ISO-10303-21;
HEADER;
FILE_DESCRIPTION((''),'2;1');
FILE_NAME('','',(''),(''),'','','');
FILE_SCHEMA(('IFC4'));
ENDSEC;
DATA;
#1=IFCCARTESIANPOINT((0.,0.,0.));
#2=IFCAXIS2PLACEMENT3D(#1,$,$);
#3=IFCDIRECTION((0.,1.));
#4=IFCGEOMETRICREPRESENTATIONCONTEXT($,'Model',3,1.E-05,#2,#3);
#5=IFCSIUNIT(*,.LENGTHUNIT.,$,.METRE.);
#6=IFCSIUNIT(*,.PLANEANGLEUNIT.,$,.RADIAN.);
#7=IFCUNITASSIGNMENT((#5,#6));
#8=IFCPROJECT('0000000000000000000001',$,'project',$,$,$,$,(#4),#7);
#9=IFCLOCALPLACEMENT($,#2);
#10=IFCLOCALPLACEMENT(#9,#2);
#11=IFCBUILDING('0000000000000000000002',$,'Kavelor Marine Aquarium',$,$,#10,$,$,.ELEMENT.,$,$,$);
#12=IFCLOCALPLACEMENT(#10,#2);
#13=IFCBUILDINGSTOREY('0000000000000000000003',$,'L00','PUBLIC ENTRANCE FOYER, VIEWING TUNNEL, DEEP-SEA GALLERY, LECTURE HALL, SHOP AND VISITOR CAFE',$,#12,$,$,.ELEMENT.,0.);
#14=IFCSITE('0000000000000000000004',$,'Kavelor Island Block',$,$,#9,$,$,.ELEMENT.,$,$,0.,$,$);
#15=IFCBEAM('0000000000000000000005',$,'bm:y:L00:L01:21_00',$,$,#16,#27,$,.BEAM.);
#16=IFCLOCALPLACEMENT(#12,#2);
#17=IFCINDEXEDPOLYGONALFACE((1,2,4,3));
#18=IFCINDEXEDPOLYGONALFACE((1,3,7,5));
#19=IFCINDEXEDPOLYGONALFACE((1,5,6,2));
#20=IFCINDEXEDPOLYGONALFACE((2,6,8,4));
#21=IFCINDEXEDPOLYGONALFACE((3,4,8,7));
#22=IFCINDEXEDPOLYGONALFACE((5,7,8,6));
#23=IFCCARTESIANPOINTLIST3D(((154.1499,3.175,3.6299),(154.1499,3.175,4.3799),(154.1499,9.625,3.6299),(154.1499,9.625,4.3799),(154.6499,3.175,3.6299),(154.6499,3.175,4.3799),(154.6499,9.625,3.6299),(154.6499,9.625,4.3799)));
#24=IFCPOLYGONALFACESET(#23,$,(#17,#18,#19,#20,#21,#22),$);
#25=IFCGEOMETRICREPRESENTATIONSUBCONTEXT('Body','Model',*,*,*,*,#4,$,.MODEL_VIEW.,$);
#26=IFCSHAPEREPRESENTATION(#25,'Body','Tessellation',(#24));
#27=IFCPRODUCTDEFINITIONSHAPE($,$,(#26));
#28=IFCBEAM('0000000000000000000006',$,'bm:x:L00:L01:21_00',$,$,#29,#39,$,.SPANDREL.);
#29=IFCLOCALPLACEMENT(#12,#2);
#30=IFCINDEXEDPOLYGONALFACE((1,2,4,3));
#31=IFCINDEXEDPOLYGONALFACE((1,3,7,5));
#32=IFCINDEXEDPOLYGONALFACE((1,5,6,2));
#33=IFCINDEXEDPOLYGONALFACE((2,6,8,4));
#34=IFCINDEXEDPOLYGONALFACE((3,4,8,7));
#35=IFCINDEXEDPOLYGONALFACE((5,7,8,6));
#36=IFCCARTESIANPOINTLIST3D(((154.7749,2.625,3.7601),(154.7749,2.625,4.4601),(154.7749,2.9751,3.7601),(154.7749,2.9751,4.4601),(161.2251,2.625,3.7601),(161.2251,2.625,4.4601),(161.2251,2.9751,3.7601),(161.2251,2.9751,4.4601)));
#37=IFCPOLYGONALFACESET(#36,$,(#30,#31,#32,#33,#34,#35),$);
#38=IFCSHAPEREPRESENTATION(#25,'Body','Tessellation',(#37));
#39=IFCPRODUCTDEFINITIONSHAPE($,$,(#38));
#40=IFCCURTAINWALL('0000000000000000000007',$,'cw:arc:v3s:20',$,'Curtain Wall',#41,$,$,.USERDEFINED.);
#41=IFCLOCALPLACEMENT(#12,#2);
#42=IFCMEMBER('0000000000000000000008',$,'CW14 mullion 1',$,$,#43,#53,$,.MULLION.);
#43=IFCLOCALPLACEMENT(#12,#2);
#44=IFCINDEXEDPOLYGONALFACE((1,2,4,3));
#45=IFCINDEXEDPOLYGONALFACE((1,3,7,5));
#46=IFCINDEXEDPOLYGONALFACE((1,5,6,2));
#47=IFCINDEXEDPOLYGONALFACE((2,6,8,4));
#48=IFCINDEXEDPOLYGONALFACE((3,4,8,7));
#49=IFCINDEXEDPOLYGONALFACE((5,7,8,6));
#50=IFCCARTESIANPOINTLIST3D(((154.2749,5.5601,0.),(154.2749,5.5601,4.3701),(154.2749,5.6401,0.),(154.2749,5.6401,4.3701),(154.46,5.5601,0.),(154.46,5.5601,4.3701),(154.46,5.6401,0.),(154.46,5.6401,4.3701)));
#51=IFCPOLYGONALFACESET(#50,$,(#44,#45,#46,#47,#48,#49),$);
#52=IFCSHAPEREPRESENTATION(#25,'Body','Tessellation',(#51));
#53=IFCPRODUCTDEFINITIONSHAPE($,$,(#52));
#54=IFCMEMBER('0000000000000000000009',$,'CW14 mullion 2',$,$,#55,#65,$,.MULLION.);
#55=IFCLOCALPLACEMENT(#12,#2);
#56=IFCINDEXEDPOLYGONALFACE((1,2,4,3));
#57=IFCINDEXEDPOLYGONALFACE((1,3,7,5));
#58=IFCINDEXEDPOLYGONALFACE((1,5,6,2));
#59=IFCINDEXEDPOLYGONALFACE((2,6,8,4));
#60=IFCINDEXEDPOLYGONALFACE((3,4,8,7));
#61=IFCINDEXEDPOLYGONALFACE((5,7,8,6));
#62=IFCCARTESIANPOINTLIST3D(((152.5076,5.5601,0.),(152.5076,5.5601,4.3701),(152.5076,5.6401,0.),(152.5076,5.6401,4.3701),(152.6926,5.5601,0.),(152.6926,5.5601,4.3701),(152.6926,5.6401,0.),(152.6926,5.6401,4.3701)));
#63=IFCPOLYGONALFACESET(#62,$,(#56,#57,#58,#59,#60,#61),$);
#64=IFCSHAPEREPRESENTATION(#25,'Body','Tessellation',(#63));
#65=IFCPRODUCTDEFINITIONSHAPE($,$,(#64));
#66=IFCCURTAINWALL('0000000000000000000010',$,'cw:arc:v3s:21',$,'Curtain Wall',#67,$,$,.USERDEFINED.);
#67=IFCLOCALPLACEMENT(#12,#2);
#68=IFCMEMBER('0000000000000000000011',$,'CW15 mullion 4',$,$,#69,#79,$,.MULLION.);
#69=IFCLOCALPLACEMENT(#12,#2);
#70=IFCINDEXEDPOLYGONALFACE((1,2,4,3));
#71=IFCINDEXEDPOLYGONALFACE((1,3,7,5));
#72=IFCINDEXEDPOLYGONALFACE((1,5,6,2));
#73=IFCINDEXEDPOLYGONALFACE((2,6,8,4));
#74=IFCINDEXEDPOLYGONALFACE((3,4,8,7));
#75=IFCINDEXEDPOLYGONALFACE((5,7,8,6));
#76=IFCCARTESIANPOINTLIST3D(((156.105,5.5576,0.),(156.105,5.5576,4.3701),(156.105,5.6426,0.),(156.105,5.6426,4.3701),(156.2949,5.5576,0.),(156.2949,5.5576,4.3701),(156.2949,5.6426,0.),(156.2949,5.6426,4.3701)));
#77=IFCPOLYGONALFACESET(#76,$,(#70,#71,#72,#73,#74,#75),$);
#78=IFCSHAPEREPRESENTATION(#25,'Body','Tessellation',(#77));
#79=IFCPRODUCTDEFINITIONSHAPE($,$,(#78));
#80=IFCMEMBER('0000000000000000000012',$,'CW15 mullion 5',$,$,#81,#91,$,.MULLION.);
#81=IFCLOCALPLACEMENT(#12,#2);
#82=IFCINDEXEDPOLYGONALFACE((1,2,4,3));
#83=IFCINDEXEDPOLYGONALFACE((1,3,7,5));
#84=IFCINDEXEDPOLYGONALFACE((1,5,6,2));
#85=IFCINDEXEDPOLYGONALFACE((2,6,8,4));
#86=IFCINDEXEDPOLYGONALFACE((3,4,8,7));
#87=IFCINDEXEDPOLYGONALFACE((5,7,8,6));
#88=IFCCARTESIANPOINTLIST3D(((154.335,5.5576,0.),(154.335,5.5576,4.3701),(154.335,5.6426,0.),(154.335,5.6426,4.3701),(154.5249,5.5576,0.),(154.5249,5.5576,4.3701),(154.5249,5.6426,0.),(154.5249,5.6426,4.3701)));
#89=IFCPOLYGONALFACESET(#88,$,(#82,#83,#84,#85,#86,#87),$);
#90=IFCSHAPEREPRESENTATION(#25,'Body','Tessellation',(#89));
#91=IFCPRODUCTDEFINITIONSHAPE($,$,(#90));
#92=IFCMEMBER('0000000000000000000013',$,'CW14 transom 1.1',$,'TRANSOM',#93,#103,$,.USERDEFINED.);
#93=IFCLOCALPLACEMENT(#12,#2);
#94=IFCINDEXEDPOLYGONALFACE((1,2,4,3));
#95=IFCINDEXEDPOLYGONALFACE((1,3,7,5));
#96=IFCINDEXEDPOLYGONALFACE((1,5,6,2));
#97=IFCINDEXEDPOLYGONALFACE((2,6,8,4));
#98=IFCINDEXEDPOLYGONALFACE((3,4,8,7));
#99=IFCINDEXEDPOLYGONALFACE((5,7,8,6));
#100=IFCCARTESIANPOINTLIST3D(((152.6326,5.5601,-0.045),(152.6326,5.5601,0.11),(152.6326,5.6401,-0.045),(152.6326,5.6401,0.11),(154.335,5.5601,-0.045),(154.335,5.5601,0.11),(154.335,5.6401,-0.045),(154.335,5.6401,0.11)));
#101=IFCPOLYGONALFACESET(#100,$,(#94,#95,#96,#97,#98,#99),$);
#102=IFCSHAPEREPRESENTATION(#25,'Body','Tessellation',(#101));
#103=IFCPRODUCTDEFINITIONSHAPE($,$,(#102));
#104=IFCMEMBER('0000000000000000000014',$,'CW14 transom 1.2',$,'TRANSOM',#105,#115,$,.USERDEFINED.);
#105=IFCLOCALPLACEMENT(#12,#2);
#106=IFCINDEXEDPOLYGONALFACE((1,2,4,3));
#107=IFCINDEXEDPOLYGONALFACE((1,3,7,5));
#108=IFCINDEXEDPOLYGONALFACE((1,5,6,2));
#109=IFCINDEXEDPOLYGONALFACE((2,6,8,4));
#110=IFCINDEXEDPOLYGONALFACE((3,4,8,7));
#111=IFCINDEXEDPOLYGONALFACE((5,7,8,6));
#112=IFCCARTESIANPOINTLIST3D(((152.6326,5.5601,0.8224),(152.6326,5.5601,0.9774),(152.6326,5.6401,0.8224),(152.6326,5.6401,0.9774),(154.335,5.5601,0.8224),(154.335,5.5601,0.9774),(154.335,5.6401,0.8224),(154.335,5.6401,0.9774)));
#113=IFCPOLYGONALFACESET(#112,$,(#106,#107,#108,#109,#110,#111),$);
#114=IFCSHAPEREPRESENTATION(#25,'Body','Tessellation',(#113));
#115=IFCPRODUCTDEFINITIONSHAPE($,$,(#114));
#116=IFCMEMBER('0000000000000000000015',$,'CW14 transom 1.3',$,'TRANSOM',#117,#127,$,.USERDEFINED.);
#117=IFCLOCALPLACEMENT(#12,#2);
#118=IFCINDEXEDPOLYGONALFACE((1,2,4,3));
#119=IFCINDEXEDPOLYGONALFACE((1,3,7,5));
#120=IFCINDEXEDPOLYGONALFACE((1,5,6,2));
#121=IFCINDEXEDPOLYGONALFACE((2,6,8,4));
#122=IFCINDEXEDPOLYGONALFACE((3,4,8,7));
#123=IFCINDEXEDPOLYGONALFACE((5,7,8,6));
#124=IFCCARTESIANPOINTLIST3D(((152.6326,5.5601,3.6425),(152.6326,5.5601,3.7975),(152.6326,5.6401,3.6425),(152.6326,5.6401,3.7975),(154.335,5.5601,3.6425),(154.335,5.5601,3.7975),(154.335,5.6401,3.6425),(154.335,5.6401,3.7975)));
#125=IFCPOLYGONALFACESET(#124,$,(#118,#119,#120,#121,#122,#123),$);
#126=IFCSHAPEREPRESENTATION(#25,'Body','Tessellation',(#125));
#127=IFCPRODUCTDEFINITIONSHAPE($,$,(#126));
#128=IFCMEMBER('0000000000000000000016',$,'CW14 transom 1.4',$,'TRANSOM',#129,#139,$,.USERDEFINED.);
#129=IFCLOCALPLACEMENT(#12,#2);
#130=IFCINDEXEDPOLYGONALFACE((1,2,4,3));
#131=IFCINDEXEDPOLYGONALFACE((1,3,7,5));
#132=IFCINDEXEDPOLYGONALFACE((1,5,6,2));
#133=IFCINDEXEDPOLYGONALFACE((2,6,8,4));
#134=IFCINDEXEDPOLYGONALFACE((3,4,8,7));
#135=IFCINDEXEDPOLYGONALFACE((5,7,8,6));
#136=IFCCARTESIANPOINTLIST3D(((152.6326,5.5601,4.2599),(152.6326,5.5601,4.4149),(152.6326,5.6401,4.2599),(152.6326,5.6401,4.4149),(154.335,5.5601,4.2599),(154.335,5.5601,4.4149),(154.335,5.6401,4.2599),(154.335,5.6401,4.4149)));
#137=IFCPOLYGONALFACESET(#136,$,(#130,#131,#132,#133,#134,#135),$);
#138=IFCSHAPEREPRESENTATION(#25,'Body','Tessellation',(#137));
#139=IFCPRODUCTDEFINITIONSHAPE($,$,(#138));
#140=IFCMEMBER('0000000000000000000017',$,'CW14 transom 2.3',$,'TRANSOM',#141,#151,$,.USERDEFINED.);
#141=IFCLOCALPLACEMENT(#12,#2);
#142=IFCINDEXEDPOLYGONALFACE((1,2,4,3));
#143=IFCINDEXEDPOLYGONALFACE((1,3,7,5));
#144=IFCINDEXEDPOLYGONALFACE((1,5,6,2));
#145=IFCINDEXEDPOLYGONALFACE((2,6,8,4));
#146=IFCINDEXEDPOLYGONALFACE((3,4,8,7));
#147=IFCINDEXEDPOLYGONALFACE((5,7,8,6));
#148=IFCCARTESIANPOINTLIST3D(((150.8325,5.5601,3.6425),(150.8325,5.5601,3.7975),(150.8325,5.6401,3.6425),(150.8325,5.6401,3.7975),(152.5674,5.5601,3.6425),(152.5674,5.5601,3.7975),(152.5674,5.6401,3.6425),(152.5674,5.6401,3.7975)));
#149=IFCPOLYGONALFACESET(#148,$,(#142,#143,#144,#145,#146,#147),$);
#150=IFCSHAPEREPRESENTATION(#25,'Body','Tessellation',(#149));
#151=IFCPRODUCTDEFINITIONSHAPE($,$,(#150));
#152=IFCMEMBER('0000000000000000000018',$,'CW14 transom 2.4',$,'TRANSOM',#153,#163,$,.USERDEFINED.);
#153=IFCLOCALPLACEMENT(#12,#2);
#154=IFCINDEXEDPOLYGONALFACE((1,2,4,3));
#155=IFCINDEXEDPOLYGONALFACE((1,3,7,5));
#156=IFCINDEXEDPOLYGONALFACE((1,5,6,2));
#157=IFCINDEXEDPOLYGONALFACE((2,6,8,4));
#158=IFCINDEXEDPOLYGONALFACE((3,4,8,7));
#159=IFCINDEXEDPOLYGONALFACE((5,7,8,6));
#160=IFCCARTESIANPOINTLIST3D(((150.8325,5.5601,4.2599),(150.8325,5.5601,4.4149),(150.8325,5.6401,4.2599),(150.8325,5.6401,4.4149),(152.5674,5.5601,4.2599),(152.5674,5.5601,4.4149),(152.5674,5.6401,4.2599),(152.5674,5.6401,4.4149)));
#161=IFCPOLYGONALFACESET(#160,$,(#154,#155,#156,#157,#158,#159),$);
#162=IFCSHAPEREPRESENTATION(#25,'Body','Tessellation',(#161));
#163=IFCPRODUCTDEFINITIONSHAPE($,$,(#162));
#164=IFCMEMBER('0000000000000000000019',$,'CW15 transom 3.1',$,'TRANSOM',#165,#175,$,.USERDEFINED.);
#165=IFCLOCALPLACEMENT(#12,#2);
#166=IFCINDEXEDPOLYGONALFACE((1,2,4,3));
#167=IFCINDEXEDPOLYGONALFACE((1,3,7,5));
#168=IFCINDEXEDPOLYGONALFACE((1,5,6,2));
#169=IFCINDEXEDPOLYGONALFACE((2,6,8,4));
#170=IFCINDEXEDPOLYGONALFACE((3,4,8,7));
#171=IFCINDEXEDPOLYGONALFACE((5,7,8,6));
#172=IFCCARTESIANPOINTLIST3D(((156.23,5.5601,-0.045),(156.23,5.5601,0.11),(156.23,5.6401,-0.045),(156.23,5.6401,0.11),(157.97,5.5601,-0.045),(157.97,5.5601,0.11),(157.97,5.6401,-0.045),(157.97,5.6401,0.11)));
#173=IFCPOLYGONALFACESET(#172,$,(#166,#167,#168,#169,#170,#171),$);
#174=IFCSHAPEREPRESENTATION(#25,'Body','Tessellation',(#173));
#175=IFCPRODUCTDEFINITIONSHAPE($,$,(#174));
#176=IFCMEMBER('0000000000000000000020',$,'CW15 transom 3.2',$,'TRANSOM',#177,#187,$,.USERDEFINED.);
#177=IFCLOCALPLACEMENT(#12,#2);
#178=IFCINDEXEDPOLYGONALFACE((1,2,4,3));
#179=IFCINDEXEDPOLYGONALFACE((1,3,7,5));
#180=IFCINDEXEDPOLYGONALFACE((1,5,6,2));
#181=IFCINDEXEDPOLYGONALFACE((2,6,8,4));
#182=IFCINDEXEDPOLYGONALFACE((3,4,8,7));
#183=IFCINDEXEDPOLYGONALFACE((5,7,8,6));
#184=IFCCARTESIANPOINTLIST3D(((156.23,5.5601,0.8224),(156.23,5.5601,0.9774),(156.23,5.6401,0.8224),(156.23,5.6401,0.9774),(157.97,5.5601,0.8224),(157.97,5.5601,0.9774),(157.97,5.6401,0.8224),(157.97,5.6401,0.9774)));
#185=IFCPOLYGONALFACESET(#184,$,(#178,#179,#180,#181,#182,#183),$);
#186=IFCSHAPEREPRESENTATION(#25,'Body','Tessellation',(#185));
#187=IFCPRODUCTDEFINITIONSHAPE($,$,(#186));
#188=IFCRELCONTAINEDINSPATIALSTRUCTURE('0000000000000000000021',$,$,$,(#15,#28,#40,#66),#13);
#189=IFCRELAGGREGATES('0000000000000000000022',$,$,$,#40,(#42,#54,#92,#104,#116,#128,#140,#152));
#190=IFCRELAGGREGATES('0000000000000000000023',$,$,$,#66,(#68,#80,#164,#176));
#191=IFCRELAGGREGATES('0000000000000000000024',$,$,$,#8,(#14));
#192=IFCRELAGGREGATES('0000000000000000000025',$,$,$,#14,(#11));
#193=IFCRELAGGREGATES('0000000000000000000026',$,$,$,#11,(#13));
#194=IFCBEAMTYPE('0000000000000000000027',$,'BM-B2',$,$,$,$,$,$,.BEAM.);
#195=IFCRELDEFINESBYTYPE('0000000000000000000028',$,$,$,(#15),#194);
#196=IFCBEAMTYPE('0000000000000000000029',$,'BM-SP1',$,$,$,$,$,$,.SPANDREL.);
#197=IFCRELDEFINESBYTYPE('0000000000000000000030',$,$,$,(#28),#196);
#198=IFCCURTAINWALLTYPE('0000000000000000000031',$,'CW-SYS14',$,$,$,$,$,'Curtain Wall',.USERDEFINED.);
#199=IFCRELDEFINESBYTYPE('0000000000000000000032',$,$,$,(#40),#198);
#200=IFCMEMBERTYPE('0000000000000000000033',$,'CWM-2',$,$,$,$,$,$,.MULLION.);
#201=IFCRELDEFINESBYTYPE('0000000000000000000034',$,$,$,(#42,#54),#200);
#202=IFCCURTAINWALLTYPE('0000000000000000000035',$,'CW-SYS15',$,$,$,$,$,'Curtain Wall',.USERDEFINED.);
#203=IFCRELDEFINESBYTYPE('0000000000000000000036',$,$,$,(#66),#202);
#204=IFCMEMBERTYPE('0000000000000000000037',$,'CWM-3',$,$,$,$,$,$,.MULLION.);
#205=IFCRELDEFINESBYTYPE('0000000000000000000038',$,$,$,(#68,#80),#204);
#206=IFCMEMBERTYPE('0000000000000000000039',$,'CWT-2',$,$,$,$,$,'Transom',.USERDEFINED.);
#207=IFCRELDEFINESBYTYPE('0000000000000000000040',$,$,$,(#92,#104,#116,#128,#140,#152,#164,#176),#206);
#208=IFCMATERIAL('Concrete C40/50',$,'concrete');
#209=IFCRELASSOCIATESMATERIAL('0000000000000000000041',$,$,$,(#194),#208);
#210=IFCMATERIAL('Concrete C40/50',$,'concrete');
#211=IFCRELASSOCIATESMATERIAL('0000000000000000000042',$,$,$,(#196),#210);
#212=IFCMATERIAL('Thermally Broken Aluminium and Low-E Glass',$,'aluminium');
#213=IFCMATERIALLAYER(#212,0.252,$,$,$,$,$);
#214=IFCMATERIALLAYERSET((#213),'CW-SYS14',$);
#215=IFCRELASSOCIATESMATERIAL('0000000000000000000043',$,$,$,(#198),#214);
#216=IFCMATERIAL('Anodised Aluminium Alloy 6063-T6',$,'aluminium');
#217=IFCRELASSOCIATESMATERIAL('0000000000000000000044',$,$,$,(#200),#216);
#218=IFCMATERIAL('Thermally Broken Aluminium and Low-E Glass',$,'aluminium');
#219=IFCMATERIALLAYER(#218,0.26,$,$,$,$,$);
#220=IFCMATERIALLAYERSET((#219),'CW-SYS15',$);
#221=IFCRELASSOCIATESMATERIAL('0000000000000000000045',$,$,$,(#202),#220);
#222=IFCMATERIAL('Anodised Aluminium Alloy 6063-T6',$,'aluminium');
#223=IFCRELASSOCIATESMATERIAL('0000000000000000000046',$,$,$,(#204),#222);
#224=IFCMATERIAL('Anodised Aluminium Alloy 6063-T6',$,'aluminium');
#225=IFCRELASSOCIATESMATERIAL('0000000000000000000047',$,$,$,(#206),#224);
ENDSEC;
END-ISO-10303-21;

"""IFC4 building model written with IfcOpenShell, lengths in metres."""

from ifc_helpers import new_model, si_unit, direction, frame, origin, origin_2d, place, context, subcontext, project, spatial, rectangle, extrude, material, layer, layer_set, material_profile, profile_set, type_object, element, aggregate, save


model = new_model("IFC4")

# Units and contexts
model_context = context("Model", 3, precision=1e-05, world=origin(), true_north=direction((0.0, 1.0)))
body_context = subcontext(model_context, "Body", "Model", "MODEL_VIEW")
ifc_project = project(units=[si_unit("LENGTHUNIT", "METRE"), si_unit("PLANEANGLEUNIT", "RADIAN")], contexts=[model_context])

# Site, building, storey
site_placement = place(None, origin())
site = spatial("IfcSite", under=ifc_project, at=site_placement, Name="Kavelor Island Block", CompositionType="ELEMENT", RefElevation=0.0)
building_placement = place(site_placement, origin())
building = spatial("IfcBuilding", under=site, at=building_placement, Name="Kavelor Marine Aquarium", CompositionType="ELEMENT")
storey_placement = place(building_placement, origin())
storey = spatial("IfcBuildingStorey", under=building, at=storey_placement, Name="L00", Description="PUBLIC ENTRANCE FOYER, VIEWING TUNNEL, DEEP-SEA GALLERY, LECTURE HALL, SHOP AND VISITOR CAFE", CompositionType="ELEMENT", Elevation=0.0)

# Beams
ifc_material_1 = material(Name="Concrete C40/50", Category="concrete")
ifc_material_profile_1 = material_profile(ifc_material_1, rectangle(XDim=0.5, YDim=0.75, at=origin_2d()), Name="RC-BM 500x750")
ifc_profile_set_1 = profile_set([ifc_material_profile_1], Name="Concrete C40/50")
beam_type_1 = type_object("IfcBeamType", Name="BM-B2", PredefinedType="BEAM", material=ifc_profile_set_1)
beam_1_placement = place(storey_placement, frame((154.3999, 3.175, 4.0049), z_axis=(0.0, 1.0, 0.0), x_axis=(-1.0, 0.0, 0.0)))
element("IfcBeam", 1, at=beam_1_placement, inside=storey, type_object=beam_type_1, Name="bm:y:L00:L01:21_00", PredefinedType="BEAM", context=body_context, shape_type="SweptSolid", body=[
    extrude(rectangle(XDim=0.5, YDim=0.75, at=origin_2d()), origin(), (0.0, 0.0, 1.0), 6.45),
])
ifc_material_2 = material(Name="Concrete C40/50", Category="concrete")
ifc_material_profile_2 = material_profile(ifc_material_2, rectangle(XDim=0.3501, YDim=0.7, at=origin_2d()), Name="RC-SP 350x700")
ifc_profile_set_2 = profile_set([ifc_material_profile_2], Name="Concrete C40/50")
beam_type_2 = type_object("IfcBeamType", Name="BM-SP1", PredefinedType="SPANDREL", material=ifc_profile_set_2)
beam_2_placement = place(storey_placement, frame((154.7749, 2.8, 4.1101), z_axis=(1.0, 0.0, 0.0), x_axis=(0.0, 1.0, 0.0)))
element("IfcBeam", 2, at=beam_2_placement, inside=storey, type_object=beam_type_2, Name="bm:x:L00:L01:21_00", PredefinedType="SPANDREL", context=body_context, shape_type="SweptSolid", body=[
    extrude(rectangle(XDim=0.3501, YDim=0.7, at=origin_2d()), origin(), (0.0, 0.0, 1.0), 6.4502),
])

# Curtain walls, members
ifc_material_3 = material(Name="Thermally Broken Aluminium and Low-E Glass", Category="aluminium")
ifc_layer_1 = layer(ifc_material_3, 0.252)
ifc_layer_set_1 = layer_set([ifc_layer_1], Name="CW-SYS14")
curtain_wall_type_1 = type_object("IfcCurtainWallType", Name="CW-SYS14", ElementType="Curtain Wall", PredefinedType="USERDEFINED", material=ifc_layer_set_1)
curtain_wall_1_placement = place(storey_placement, origin())
curtain_wall_1 = element("IfcCurtainWall", 3, at=curtain_wall_1_placement, inside=storey, type_object=curtain_wall_type_1, Name="cw:arc:v3s:20", ObjectType="Curtain Wall", PredefinedType="USERDEFINED")
ifc_material_4 = material(Name="Anodised Aluminium Alloy 6063-T6", Category="aluminium")
ifc_material_profile_3 = material_profile(ifc_material_4, rectangle(XDim=0.0801, YDim=0.1851, at=origin_2d()), Name="CW-MUL 80x185")
ifc_profile_set_3 = profile_set([ifc_material_profile_3], Name="Anodised Aluminium Alloy 6063-T6")
member_type_1 = type_object("IfcMemberType", Name="CWM-2", PredefinedType="MULLION", material=ifc_profile_set_3)
member_1_placement = place(storey_placement, frame((154.3674, 5.6001, 0.0), z_axis=(0.0, 0.0, 1.0), x_axis=(0.0, -1.0, 0.0)))
member_1 = element("IfcMember", 4, at=member_1_placement, type_object=member_type_1, Name="CW14 mullion 1", PredefinedType="MULLION", context=body_context, shape_type="SweptSolid", body=[
    extrude(rectangle(XDim=0.0801, YDim=0.1851, at=origin_2d()), origin(), (0.0, 0.0, 1.0), 4.3701),
])
member_2_placement = place(storey_placement, frame((152.6001, 5.6001, 0.0), z_axis=(0.0, 0.0, 1.0), x_axis=(0.0, -1.0, 0.0)))
member_2 = element("IfcMember", 5, at=member_2_placement, type_object=member_type_1, Name="CW14 mullion 2", PredefinedType="MULLION", context=body_context, shape_type="SweptSolid", body=[
    extrude(rectangle(XDim=0.0801, YDim=0.1851, at=origin_2d()), origin(), (0.0, 0.0, 1.0), 4.3701),
])
ifc_material_5 = material(Name="Thermally Broken Aluminium and Low-E Glass", Category="aluminium")
ifc_layer_2 = layer(ifc_material_5, 0.26)
ifc_layer_set_2 = layer_set([ifc_layer_2], Name="CW-SYS15")
curtain_wall_type_2 = type_object("IfcCurtainWallType", Name="CW-SYS15", ElementType="Curtain Wall", PredefinedType="USERDEFINED", material=ifc_layer_set_2)
curtain_wall_2_placement = place(storey_placement, origin())
curtain_wall_2 = element("IfcCurtainWall", 6, at=curtain_wall_2_placement, inside=storey, type_object=curtain_wall_type_2, Name="cw:arc:v3s:21", ObjectType="Curtain Wall", PredefinedType="USERDEFINED")
ifc_material_6 = material(Name="Anodised Aluminium Alloy 6063-T6", Category="aluminium")
ifc_material_profile_4 = material_profile(ifc_material_6, rectangle(XDim=0.085, YDim=0.1899, at=origin_2d()), Name="CW-MUL 85x190")
ifc_profile_set_4 = profile_set([ifc_material_profile_4], Name="Anodised Aluminium Alloy 6063-T6")
member_type_2 = type_object("IfcMemberType", Name="CWM-3", PredefinedType="MULLION", material=ifc_profile_set_4)
member_3_placement = place(storey_placement, frame((156.2, 5.6001, 0.0), z_axis=(0.0, 0.0, 1.0), x_axis=(0.0, -1.0, 0.0)))
member_3 = element("IfcMember", 7, at=member_3_placement, type_object=member_type_2, Name="CW15 mullion 4", PredefinedType="MULLION", context=body_context, shape_type="SweptSolid", body=[
    extrude(rectangle(XDim=0.085, YDim=0.1899, at=origin_2d()), origin(), (0.0, 0.0, 1.0), 4.3701),
])
member_4_placement = place(storey_placement, frame((154.4299, 5.6001, 0.0), z_axis=(0.0, 0.0, 1.0), x_axis=(0.0, -1.0, 0.0)))
member_4 = element("IfcMember", 8, at=member_4_placement, type_object=member_type_2, Name="CW15 mullion 5", PredefinedType="MULLION", context=body_context, shape_type="SweptSolid", body=[
    extrude(rectangle(XDim=0.085, YDim=0.1899, at=origin_2d()), origin(), (0.0, 0.0, 1.0), 4.3701),
])

# Members
ifc_material_7 = material(Name="Anodised Aluminium Alloy 6063-T6", Category="aluminium")
ifc_material_profile_5 = material_profile(ifc_material_7, rectangle(XDim=0.0801, YDim=0.155, at=origin_2d()), Name="CW-TRN 80x155")
ifc_profile_set_5 = profile_set([ifc_material_profile_5], Name="Anodised Aluminium Alloy 6063-T6")
member_type_3 = type_object("IfcMemberType", Name="CWT-2", ElementType="Transom", PredefinedType="USERDEFINED", material=ifc_profile_set_5)
member_5_placement = place(storey_placement, frame((154.335, 5.6001, 0.0325), z_axis=(-1.0, 0.0, 0.0), x_axis=(0.0, -1.0, 0.0)))
member_5 = element("IfcMember", 9, at=member_5_placement, type_object=member_type_3, Name="CW14 transom 1.1", ObjectType="TRANSOM", PredefinedType="USERDEFINED", context=body_context, shape_type="SweptSolid", body=[
    extrude(rectangle(XDim=0.0801, YDim=0.155, at=origin_2d()), origin(), (0.0, 0.0, 1.0), 1.7024),
])
member_6_placement = place(storey_placement, frame((154.335, 5.6001, 0.8999), z_axis=(-1.0, 0.0, 0.0), x_axis=(0.0, -1.0, 0.0)))
member_6 = element("IfcMember", 10, at=member_6_placement, type_object=member_type_3, Name="CW14 transom 1.2", ObjectType="TRANSOM", PredefinedType="USERDEFINED", context=body_context, shape_type="SweptSolid", body=[
    extrude(rectangle(XDim=0.0801, YDim=0.155, at=origin_2d()), origin(), (0.0, 0.0, 1.0), 1.7024),
])
member_7_placement = place(storey_placement, frame((154.335, 5.6001, 3.72), z_axis=(-1.0, 0.0, 0.0), x_axis=(0.0, -1.0, 0.0)))
member_7 = element("IfcMember", 11, at=member_7_placement, type_object=member_type_3, Name="CW14 transom 1.3", ObjectType="TRANSOM", PredefinedType="USERDEFINED", context=body_context, shape_type="SweptSolid", body=[
    extrude(rectangle(XDim=0.0801, YDim=0.155, at=origin_2d()), origin(), (0.0, 0.0, 1.0), 1.7024),
])
member_8_placement = place(storey_placement, frame((154.335, 5.6001, 4.3374), z_axis=(-1.0, 0.0, 0.0), x_axis=(0.0, -1.0, 0.0)))
member_8 = element("IfcMember", 12, at=member_8_placement, type_object=member_type_3, Name="CW14 transom 1.4", ObjectType="TRANSOM", PredefinedType="USERDEFINED", context=body_context, shape_type="SweptSolid", body=[
    extrude(rectangle(XDim=0.0801, YDim=0.155, at=origin_2d()), origin(), (0.0, 0.0, 1.0), 1.7024),
])
member_9_placement = place(storey_placement, frame((152.5674, 5.6001, 3.72), z_axis=(-1.0, 0.0, 0.0), x_axis=(0.0, -1.0, 0.0)))
member_9 = element("IfcMember", 13, at=member_9_placement, type_object=member_type_3, Name="CW14 transom 2.3", ObjectType="TRANSOM", PredefinedType="USERDEFINED", context=body_context, shape_type="SweptSolid", body=[
    extrude(rectangle(XDim=0.0801, YDim=0.155, at=origin_2d()), origin(), (0.0, 0.0, 1.0), 1.7349),
])
member_10_placement = place(storey_placement, frame((152.5674, 5.6001, 4.3374), z_axis=(-1.0, 0.0, 0.0), x_axis=(0.0, -1.0, 0.0)))
member_10 = element("IfcMember", 14, at=member_10_placement, type_object=member_type_3, Name="CW14 transom 2.4", ObjectType="TRANSOM", PredefinedType="USERDEFINED", context=body_context, shape_type="SweptSolid", body=[
    extrude(rectangle(XDim=0.0801, YDim=0.155, at=origin_2d()), origin(), (0.0, 0.0, 1.0), 1.7349),
])
member_11_placement = place(storey_placement, frame((157.97, 5.6001, 0.0325), z_axis=(-1.0, 0.0, 0.0), x_axis=(0.0, -1.0, 0.0)))
member_11 = element("IfcMember", 15, at=member_11_placement, type_object=member_type_3, Name="CW15 transom 3.1", ObjectType="TRANSOM", PredefinedType="USERDEFINED", context=body_context, shape_type="SweptSolid", body=[
    extrude(rectangle(XDim=0.0801, YDim=0.155, at=origin_2d()), origin(), (0.0, 0.0, 1.0), 1.74),
])
member_12_placement = place(storey_placement, frame((157.97, 5.6001, 0.8999), z_axis=(-1.0, 0.0, 0.0), x_axis=(0.0, -1.0, 0.0)))
member_12 = element("IfcMember", 16, at=member_12_placement, type_object=member_type_3, Name="CW15 transom 3.2", ObjectType="TRANSOM", PredefinedType="USERDEFINED", context=body_context, shape_type="SweptSolid", body=[
    extrude(rectangle(XDim=0.0801, YDim=0.155, at=origin_2d()), origin(), (0.0, 0.0, 1.0), 1.74),
])

aggregate(curtain_wall_1, [member_1, member_2, member_5, member_6, member_7, member_8, member_9, member_10])
aggregate(curtain_wall_2, [member_3, member_4, member_11, member_12])

save(model, "model.ifc")
